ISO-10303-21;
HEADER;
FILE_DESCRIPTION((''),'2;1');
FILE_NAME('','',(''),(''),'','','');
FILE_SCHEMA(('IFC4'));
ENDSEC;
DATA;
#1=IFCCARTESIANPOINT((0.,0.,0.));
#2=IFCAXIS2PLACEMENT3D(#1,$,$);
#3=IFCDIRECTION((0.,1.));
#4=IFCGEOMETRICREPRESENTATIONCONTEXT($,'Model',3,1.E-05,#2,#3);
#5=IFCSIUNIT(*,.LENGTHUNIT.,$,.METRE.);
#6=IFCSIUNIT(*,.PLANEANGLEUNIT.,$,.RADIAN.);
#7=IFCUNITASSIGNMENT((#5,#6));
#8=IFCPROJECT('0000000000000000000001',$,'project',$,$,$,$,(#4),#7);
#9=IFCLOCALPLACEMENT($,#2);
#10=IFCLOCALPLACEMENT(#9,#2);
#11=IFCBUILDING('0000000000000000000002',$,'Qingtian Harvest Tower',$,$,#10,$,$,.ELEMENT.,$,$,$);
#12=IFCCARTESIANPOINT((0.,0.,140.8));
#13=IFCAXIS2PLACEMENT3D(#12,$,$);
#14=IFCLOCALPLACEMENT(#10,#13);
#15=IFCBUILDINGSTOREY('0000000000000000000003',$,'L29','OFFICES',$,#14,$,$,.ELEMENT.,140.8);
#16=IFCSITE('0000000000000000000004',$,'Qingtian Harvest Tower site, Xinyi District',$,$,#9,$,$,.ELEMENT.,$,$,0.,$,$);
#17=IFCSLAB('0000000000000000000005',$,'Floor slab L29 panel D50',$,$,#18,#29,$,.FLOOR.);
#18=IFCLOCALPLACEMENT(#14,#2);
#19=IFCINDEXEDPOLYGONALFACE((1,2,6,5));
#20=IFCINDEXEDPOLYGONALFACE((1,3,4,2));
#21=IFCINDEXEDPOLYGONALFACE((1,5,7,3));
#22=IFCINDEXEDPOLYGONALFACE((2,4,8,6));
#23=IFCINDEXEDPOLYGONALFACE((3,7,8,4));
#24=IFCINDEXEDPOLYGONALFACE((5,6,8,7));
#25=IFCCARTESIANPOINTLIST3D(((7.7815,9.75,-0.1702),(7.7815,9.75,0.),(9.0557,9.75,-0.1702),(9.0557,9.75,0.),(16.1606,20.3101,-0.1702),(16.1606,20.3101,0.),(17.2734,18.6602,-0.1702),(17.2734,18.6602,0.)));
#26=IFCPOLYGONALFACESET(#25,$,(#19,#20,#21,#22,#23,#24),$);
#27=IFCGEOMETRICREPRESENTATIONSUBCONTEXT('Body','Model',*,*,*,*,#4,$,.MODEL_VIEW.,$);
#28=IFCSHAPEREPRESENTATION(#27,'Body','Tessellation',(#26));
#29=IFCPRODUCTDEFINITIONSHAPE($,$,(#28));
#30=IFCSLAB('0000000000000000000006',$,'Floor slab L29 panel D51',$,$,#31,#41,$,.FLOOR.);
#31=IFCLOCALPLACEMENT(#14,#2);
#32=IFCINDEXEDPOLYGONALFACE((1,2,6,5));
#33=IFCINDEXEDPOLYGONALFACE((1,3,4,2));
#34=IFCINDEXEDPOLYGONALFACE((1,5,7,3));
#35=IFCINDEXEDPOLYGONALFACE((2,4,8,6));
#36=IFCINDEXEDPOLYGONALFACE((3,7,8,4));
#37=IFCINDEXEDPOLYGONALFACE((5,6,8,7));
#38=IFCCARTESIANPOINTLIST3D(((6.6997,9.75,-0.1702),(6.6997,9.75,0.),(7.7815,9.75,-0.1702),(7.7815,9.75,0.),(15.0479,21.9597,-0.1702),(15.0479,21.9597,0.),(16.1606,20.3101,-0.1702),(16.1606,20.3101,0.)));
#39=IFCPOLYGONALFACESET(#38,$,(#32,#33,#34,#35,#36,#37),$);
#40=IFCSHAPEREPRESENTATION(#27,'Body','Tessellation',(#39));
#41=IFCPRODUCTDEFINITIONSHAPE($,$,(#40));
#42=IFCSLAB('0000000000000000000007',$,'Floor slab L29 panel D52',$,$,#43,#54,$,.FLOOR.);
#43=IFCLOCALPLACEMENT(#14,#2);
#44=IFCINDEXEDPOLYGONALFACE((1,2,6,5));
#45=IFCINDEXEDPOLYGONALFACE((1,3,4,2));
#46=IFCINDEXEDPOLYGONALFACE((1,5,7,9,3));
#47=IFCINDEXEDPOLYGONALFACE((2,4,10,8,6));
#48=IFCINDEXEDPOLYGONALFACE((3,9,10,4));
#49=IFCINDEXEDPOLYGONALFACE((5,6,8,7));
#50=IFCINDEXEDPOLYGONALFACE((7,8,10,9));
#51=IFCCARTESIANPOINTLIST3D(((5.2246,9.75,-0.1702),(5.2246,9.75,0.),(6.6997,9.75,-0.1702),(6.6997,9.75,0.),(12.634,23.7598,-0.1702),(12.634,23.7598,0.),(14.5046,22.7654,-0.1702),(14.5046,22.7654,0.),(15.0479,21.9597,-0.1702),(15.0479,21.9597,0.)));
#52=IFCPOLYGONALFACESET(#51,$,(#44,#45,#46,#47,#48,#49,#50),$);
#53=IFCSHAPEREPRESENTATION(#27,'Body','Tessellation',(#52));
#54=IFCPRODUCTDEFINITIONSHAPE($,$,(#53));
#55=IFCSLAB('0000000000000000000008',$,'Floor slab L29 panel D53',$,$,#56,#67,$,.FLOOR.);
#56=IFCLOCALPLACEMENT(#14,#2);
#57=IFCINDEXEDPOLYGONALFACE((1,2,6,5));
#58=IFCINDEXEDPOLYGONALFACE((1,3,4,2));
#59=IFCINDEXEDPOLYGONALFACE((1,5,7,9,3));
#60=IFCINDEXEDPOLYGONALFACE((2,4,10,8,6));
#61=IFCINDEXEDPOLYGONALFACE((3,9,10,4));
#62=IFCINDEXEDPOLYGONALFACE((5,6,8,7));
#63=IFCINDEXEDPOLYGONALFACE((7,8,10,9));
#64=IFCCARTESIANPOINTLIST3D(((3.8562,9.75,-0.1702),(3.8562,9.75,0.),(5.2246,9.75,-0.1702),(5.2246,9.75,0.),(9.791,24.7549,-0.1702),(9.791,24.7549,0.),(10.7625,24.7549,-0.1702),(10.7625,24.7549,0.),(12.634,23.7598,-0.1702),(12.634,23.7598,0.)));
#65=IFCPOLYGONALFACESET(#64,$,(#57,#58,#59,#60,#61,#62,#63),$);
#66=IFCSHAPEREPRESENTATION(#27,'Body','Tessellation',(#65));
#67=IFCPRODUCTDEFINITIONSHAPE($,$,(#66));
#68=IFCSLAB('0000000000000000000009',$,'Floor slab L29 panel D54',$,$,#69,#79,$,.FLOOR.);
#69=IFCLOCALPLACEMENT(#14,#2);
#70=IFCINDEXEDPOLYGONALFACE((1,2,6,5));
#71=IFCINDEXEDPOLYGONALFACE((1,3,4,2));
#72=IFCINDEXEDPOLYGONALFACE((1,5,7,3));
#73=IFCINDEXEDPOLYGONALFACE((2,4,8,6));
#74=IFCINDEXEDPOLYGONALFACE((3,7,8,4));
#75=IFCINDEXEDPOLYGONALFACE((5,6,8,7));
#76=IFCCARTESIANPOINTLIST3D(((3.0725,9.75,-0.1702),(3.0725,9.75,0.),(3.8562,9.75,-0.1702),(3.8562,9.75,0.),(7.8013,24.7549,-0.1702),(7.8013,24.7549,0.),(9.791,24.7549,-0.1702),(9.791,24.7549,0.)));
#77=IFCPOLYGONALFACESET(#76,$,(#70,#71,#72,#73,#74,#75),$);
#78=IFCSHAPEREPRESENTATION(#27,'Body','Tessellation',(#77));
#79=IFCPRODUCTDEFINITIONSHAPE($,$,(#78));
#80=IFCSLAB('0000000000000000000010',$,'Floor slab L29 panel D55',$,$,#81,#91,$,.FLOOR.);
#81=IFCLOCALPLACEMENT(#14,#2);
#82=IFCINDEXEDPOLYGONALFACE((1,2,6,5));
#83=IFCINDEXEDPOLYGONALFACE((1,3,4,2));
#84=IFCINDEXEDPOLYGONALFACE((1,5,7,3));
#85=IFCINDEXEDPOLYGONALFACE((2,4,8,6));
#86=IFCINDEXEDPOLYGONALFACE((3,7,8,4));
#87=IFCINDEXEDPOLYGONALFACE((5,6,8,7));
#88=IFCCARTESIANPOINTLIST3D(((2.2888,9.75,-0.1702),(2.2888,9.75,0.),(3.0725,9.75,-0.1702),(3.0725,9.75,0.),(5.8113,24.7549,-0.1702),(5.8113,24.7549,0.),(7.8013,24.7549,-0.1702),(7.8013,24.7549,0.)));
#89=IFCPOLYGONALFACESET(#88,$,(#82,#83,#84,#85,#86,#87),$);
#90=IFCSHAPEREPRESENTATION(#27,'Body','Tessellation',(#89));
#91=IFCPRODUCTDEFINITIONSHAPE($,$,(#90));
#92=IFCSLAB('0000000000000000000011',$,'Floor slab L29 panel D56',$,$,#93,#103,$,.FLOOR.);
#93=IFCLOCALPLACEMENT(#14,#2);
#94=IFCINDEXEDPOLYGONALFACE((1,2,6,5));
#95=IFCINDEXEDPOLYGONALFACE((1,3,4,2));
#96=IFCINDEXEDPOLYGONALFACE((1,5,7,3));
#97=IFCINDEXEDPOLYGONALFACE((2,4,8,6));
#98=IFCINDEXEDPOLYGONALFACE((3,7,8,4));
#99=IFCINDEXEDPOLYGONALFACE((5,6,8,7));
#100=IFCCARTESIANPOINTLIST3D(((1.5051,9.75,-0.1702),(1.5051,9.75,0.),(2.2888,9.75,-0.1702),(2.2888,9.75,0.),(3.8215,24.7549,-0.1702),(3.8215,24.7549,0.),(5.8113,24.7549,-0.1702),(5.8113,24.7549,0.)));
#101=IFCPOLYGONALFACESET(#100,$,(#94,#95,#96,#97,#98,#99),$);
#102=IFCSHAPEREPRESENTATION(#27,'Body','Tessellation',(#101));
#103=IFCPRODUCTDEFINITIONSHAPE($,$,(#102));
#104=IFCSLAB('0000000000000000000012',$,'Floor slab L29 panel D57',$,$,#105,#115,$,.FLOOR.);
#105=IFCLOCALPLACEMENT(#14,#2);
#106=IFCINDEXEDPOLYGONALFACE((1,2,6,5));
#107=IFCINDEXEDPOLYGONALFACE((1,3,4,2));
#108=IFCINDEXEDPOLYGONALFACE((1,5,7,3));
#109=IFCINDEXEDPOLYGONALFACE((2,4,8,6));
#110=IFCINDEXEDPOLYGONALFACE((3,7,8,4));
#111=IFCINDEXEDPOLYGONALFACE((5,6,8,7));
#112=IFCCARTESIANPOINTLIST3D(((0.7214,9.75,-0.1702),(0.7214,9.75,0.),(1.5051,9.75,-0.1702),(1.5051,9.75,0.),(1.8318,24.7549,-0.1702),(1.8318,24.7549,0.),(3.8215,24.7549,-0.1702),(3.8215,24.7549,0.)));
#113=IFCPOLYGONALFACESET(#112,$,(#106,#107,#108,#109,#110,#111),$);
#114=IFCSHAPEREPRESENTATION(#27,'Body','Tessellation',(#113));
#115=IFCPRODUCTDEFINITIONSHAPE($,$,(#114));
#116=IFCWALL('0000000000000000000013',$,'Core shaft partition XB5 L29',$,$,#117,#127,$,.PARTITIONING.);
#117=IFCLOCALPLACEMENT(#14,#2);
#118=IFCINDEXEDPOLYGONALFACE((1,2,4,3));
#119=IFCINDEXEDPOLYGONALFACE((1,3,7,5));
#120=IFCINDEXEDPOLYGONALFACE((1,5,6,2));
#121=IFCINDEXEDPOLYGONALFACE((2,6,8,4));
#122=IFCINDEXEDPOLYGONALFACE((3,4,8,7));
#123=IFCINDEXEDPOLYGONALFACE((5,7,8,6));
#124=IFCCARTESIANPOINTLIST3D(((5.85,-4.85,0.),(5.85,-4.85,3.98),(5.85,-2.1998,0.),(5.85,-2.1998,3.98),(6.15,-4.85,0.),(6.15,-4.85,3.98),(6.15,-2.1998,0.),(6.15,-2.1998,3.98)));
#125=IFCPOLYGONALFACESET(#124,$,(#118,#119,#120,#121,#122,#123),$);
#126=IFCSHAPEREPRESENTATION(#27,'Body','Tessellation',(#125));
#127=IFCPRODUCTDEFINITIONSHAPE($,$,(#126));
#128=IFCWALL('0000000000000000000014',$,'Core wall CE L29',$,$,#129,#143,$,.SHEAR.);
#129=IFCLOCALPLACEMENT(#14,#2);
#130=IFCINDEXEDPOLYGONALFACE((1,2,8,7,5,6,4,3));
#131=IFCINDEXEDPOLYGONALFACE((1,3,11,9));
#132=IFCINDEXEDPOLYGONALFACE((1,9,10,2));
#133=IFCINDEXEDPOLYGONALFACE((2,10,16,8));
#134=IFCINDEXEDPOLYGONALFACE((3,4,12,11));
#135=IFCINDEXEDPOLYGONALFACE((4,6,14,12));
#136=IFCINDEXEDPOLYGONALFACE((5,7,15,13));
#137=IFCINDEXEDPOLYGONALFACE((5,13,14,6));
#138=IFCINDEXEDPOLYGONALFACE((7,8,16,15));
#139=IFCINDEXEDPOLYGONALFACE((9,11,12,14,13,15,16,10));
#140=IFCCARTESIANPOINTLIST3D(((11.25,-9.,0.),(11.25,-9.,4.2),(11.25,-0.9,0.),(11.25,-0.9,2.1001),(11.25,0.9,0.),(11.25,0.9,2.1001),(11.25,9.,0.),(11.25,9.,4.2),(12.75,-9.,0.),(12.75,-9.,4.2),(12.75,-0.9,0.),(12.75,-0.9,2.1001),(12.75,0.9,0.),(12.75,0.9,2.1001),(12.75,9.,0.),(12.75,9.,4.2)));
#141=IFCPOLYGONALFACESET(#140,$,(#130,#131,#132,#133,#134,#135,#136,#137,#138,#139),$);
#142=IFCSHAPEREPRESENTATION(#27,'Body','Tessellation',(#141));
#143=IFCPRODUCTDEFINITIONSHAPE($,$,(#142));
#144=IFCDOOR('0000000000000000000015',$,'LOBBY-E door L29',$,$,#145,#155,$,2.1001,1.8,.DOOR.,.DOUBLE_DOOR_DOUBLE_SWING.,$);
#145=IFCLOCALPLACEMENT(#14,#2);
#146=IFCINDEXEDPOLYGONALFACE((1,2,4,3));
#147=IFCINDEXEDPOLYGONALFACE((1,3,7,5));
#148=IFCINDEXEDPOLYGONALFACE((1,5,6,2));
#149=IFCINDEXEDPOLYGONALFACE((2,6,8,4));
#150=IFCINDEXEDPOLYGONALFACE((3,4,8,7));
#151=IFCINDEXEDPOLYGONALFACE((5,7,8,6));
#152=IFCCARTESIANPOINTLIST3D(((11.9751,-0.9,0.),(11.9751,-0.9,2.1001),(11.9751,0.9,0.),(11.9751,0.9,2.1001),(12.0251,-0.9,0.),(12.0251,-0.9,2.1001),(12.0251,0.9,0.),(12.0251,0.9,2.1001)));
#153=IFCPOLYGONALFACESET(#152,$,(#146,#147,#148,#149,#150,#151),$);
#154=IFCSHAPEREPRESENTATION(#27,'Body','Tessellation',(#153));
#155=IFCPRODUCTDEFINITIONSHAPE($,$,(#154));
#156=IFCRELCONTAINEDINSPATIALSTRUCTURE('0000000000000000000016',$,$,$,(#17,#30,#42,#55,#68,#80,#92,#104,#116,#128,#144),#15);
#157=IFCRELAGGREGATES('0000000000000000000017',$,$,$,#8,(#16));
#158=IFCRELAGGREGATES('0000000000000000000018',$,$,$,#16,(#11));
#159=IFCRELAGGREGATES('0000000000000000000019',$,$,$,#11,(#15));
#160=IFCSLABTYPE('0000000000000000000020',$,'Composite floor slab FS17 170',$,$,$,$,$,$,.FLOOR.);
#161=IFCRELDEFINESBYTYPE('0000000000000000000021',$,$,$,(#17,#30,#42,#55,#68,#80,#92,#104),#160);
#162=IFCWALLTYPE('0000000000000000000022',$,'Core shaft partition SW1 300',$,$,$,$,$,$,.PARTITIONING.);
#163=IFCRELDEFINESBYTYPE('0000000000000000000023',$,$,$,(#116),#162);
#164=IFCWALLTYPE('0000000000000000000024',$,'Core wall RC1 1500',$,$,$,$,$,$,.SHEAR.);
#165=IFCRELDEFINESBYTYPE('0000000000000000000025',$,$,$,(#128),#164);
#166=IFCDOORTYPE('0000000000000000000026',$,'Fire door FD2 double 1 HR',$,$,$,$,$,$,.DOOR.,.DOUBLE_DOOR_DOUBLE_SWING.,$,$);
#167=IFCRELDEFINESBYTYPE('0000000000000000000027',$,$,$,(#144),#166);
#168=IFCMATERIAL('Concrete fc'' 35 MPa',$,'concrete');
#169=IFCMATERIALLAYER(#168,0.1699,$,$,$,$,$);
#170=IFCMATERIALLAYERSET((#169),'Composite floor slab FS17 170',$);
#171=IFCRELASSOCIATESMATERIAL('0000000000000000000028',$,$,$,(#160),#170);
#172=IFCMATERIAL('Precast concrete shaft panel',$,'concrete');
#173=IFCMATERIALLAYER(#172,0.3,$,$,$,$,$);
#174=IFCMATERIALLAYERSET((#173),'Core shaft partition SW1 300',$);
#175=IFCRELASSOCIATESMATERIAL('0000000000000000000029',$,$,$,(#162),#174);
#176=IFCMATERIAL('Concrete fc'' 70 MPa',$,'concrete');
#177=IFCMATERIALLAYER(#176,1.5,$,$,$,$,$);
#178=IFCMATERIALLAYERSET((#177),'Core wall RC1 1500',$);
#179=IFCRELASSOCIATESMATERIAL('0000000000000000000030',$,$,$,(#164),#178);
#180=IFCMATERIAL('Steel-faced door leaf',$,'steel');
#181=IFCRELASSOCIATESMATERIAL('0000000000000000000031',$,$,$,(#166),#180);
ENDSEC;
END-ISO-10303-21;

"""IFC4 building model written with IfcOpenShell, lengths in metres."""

from ifc_helpers import new_model, si_unit, direction, frame, frame_2d, origin, place, context, subcontext, project, spatial, polyline, rectangle, outline, extrude, material, layer, layer_set, type_object, element, fill, save


model = new_model("IFC4")

# Units and contexts
model_context = context("Model", 3, precision=1e-05, world=origin(), true_north=direction((0.0, 1.0)))
body_context = subcontext(model_context, "Body", "Model", "MODEL_VIEW")
ifc_project = project(units=[si_unit("LENGTHUNIT", "METRE"), si_unit("PLANEANGLEUNIT", "RADIAN")], contexts=[model_context])

# Site, building, storey
site_placement = place(None, origin())
site = spatial("IfcSite", under=ifc_project, at=site_placement, Name="Qingtian Harvest Tower site, Xinyi District", CompositionType="ELEMENT", RefElevation=0.0)
building_placement = place(site_placement, origin())
building = spatial("IfcBuilding", under=site, at=building_placement, Name="Qingtian Harvest Tower", CompositionType="ELEMENT")
storey_placement = place(building_placement, frame((0.0, 0.0, 140.8)))
storey = spatial("IfcBuildingStorey", under=building, at=storey_placement, Name="L29", Description="OFFICES", CompositionType="ELEMENT", Elevation=140.8)

# Slabs
ifc_material_1 = material(Name="Concrete fc' 35 MPa", Category="concrete")
ifc_layer_1 = layer(ifc_material_1, 0.1699)
ifc_layer_set_1 = layer_set([ifc_layer_1], Name="Composite floor slab FS17 170")
slab_type = type_object("IfcSlabType", Name="Composite floor slab FS17 170", PredefinedType="FLOOR", material=ifc_layer_set_1)
slab_1_placement = place(storey_placement, frame((0.0, 0.0, -0.1702)))
element("IfcSlab", 1, at=slab_1_placement, inside=storey, type_object=slab_type, Name="Floor slab L29 panel D50", PredefinedType="FLOOR", context=body_context, shape_type="SweptSolid", body=[
    extrude(outline(polyline([(7.7815, 9.75), (16.1606, 20.3101), (17.2734, 18.6602), (9.0557, 9.75), (7.7815, 9.75)])), origin(), (0.0, 0.0, 1.0), 0.1702),
])
slab_2_placement = place(storey_placement, frame((0.0, 0.0, -0.1702)))
element("IfcSlab", 2, at=slab_2_placement, inside=storey, type_object=slab_type, Name="Floor slab L29 panel D51", PredefinedType="FLOOR", context=body_context, shape_type="SweptSolid", body=[
    extrude(outline(polyline([(6.6997, 9.75), (15.0479, 21.9597), (16.1606, 20.3101), (7.7815, 9.75), (6.6997, 9.75)])), origin(), (0.0, 0.0, 1.0), 0.1702),
])
slab_3_placement = place(storey_placement, frame((0.0, 0.0, -0.1702)))
element("IfcSlab", 3, at=slab_3_placement, inside=storey, type_object=slab_type, Name="Floor slab L29 panel D52", PredefinedType="FLOOR", context=body_context, shape_type="SweptSolid", body=[
    extrude(outline(polyline([(6.6997, 9.75), (5.2246, 9.75), (12.634, 23.7598), (14.5046, 22.7654), (15.0479, 21.9597), (6.6997, 9.75)])), origin(), (0.0, 0.0, 1.0), 0.1702),
])
slab_4_placement = place(storey_placement, frame((0.0, 0.0, -0.1702)))
element("IfcSlab", 4, at=slab_4_placement, inside=storey, type_object=slab_type, Name="Floor slab L29 panel D53", PredefinedType="FLOOR", context=body_context, shape_type="SweptSolid", body=[
    extrude(outline(polyline([(3.8562, 9.75), (9.791, 24.7549), (10.7625, 24.7549), (12.634, 23.7598), (5.2246, 9.75), (3.8562, 9.75)])), origin(), (0.0, 0.0, 1.0), 0.1702),
])
slab_5_placement = place(storey_placement, frame((0.0, 0.0, -0.1702)))
element("IfcSlab", 5, at=slab_5_placement, inside=storey, type_object=slab_type, Name="Floor slab L29 panel D54", PredefinedType="FLOOR", context=body_context, shape_type="SweptSolid", body=[
    extrude(outline(polyline([(3.0725, 9.75), (7.8013, 24.7549), (9.791, 24.7549), (3.8562, 9.75), (3.0725, 9.75)])), origin(), (0.0, 0.0, 1.0), 0.1702),
])
slab_6_placement = place(storey_placement, frame((0.0, 0.0, -0.1702)))
element("IfcSlab", 6, at=slab_6_placement, inside=storey, type_object=slab_type, Name="Floor slab L29 panel D55", PredefinedType="FLOOR", context=body_context, shape_type="SweptSolid", body=[
    extrude(outline(polyline([(2.2888, 9.75), (5.8113, 24.7549), (7.8013, 24.7549), (3.0725, 9.75), (2.2888, 9.75)])), origin(), (0.0, 0.0, 1.0), 0.1702),
])
slab_7_placement = place(storey_placement, frame((0.0, 0.0, -0.1702)))
element("IfcSlab", 7, at=slab_7_placement, inside=storey, type_object=slab_type, Name="Floor slab L29 panel D56", PredefinedType="FLOOR", context=body_context, shape_type="SweptSolid", body=[
    extrude(outline(polyline([(1.5051, 9.75), (3.8215, 24.7549), (5.8113, 24.7549), (2.2888, 9.75), (1.5051, 9.75)])), origin(), (0.0, 0.0, 1.0), 0.1702),
])
slab_8_placement = place(storey_placement, frame((0.0, 0.0, -0.1702)))
element("IfcSlab", 8, at=slab_8_placement, inside=storey, type_object=slab_type, Name="Floor slab L29 panel D57", PredefinedType="FLOOR", context=body_context, shape_type="SweptSolid", body=[
    extrude(outline(polyline([(0.7214, 9.75), (1.8318, 24.7549), (3.8215, 24.7549), (1.5051, 9.75), (0.7214, 9.75)])), origin(), (0.0, 0.0, 1.0), 0.1702),
])

# Wall
ifc_material_2 = material(Name="Precast concrete shaft panel", Category="concrete")
ifc_layer_2 = layer(ifc_material_2, 0.3)
ifc_layer_set_2 = layer_set([ifc_layer_2], Name="Core shaft partition SW1 300")
wall_type_1 = type_object("IfcWallType", Name="Core shaft partition SW1 300", PredefinedType="PARTITIONING", material=ifc_layer_set_2)
wall_1_placement = place(storey_placement, frame((6.0, -4.8501, 0.0), z_axis=(0.0, 0.0, 1.0), x_axis=(0.0, 1.0, 0.0)))
element("IfcWall", 9, at=wall_1_placement, inside=storey, type_object=wall_type_1, Name="Core shaft partition XB5 L29", PredefinedType="PARTITIONING", context=body_context, shape_type="SweptSolid", body=[
    extrude(rectangle(XDim=2.6501, YDim=0.3, at=frame_2d((1.3252, 0.0))), origin(), (0.0, 0.0, 1.0), 3.98),
])

# Wall, opening, door
ifc_material_3 = material(Name="Concrete fc' 70 MPa", Category="concrete")
ifc_layer_3 = layer(ifc_material_3, 1.5)
ifc_layer_set_3 = layer_set([ifc_layer_3], Name="Core wall RC1 1500")
wall_type_2 = type_object("IfcWallType", Name="Core wall RC1 1500", PredefinedType="SHEAR", material=ifc_layer_set_3)
wall_2_placement = place(storey_placement, frame((12.0, -9.0, 0.0), z_axis=(0.0, 0.0, 1.0), x_axis=(0.0, 1.0, 0.0)))
wall_2 = element("IfcWall", 10, at=wall_2_placement, inside=storey, type_object=wall_type_2, Name="Core wall CE L29", PredefinedType="SHEAR", context=body_context, shape_type="SweptSolid", body=[
    extrude(rectangle(XDim=18.0, YDim=1.5, at=frame_2d((9.0, 0.0))), origin(), (0.0, 0.0, 1.0), 4.2),
])
opening_1_placement = place(wall_2_placement, frame((8.1001, 0.0, 0.0)))
opening_1 = element("IfcOpeningElement", 11, at=opening_1_placement, cuts=wall_2, PredefinedType="OPENING", context=body_context, shape_type="SweptSolid", body=[
    extrude(rectangle(XDim=1.8, YDim=2.1001, at=frame_2d((0.8999, 1.05))), frame((0.0, 0.76, 0.0), z_axis=(0.0, -1.0, 0.0), x_axis=(1.0, 0.0, 0.0)), (0.0, 0.0, 1.0), 1.52),
])
ifc_material_4 = material(Name="Steel-faced door leaf", Category="steel")
door_type_1 = type_object("IfcDoorType", Name="Fire door FD2 double 1 HR", OperationType="DOUBLE_DOOR_DOUBLE_SWING", PredefinedType="DOOR", material=ifc_material_4)
door_1_placement = place(opening_1_placement, origin())
door_1 = element("IfcDoor", 12, at=door_1_placement, inside=storey, type_object=door_type_1, Name="LOBBY-E door L29", OperationType="DOUBLE_DOOR_DOUBLE_SWING", OverallHeight=2.1001, OverallWidth=1.8, PredefinedType="DOOR", context=body_context, shape_type="SweptSolid", body=[
    extrude(rectangle(XDim=1.8, YDim=2.1001, at=frame_2d((0.8999, 1.05))), frame((0.0, 0.0249, 0.0), z_axis=(0.0, -1.0, 0.0), x_axis=(1.0, 0.0, 0.0)), (0.0, 0.0, 1.0), 0.05),
])
fill(opening_1, door_1)

save(model, "model.ifc")
